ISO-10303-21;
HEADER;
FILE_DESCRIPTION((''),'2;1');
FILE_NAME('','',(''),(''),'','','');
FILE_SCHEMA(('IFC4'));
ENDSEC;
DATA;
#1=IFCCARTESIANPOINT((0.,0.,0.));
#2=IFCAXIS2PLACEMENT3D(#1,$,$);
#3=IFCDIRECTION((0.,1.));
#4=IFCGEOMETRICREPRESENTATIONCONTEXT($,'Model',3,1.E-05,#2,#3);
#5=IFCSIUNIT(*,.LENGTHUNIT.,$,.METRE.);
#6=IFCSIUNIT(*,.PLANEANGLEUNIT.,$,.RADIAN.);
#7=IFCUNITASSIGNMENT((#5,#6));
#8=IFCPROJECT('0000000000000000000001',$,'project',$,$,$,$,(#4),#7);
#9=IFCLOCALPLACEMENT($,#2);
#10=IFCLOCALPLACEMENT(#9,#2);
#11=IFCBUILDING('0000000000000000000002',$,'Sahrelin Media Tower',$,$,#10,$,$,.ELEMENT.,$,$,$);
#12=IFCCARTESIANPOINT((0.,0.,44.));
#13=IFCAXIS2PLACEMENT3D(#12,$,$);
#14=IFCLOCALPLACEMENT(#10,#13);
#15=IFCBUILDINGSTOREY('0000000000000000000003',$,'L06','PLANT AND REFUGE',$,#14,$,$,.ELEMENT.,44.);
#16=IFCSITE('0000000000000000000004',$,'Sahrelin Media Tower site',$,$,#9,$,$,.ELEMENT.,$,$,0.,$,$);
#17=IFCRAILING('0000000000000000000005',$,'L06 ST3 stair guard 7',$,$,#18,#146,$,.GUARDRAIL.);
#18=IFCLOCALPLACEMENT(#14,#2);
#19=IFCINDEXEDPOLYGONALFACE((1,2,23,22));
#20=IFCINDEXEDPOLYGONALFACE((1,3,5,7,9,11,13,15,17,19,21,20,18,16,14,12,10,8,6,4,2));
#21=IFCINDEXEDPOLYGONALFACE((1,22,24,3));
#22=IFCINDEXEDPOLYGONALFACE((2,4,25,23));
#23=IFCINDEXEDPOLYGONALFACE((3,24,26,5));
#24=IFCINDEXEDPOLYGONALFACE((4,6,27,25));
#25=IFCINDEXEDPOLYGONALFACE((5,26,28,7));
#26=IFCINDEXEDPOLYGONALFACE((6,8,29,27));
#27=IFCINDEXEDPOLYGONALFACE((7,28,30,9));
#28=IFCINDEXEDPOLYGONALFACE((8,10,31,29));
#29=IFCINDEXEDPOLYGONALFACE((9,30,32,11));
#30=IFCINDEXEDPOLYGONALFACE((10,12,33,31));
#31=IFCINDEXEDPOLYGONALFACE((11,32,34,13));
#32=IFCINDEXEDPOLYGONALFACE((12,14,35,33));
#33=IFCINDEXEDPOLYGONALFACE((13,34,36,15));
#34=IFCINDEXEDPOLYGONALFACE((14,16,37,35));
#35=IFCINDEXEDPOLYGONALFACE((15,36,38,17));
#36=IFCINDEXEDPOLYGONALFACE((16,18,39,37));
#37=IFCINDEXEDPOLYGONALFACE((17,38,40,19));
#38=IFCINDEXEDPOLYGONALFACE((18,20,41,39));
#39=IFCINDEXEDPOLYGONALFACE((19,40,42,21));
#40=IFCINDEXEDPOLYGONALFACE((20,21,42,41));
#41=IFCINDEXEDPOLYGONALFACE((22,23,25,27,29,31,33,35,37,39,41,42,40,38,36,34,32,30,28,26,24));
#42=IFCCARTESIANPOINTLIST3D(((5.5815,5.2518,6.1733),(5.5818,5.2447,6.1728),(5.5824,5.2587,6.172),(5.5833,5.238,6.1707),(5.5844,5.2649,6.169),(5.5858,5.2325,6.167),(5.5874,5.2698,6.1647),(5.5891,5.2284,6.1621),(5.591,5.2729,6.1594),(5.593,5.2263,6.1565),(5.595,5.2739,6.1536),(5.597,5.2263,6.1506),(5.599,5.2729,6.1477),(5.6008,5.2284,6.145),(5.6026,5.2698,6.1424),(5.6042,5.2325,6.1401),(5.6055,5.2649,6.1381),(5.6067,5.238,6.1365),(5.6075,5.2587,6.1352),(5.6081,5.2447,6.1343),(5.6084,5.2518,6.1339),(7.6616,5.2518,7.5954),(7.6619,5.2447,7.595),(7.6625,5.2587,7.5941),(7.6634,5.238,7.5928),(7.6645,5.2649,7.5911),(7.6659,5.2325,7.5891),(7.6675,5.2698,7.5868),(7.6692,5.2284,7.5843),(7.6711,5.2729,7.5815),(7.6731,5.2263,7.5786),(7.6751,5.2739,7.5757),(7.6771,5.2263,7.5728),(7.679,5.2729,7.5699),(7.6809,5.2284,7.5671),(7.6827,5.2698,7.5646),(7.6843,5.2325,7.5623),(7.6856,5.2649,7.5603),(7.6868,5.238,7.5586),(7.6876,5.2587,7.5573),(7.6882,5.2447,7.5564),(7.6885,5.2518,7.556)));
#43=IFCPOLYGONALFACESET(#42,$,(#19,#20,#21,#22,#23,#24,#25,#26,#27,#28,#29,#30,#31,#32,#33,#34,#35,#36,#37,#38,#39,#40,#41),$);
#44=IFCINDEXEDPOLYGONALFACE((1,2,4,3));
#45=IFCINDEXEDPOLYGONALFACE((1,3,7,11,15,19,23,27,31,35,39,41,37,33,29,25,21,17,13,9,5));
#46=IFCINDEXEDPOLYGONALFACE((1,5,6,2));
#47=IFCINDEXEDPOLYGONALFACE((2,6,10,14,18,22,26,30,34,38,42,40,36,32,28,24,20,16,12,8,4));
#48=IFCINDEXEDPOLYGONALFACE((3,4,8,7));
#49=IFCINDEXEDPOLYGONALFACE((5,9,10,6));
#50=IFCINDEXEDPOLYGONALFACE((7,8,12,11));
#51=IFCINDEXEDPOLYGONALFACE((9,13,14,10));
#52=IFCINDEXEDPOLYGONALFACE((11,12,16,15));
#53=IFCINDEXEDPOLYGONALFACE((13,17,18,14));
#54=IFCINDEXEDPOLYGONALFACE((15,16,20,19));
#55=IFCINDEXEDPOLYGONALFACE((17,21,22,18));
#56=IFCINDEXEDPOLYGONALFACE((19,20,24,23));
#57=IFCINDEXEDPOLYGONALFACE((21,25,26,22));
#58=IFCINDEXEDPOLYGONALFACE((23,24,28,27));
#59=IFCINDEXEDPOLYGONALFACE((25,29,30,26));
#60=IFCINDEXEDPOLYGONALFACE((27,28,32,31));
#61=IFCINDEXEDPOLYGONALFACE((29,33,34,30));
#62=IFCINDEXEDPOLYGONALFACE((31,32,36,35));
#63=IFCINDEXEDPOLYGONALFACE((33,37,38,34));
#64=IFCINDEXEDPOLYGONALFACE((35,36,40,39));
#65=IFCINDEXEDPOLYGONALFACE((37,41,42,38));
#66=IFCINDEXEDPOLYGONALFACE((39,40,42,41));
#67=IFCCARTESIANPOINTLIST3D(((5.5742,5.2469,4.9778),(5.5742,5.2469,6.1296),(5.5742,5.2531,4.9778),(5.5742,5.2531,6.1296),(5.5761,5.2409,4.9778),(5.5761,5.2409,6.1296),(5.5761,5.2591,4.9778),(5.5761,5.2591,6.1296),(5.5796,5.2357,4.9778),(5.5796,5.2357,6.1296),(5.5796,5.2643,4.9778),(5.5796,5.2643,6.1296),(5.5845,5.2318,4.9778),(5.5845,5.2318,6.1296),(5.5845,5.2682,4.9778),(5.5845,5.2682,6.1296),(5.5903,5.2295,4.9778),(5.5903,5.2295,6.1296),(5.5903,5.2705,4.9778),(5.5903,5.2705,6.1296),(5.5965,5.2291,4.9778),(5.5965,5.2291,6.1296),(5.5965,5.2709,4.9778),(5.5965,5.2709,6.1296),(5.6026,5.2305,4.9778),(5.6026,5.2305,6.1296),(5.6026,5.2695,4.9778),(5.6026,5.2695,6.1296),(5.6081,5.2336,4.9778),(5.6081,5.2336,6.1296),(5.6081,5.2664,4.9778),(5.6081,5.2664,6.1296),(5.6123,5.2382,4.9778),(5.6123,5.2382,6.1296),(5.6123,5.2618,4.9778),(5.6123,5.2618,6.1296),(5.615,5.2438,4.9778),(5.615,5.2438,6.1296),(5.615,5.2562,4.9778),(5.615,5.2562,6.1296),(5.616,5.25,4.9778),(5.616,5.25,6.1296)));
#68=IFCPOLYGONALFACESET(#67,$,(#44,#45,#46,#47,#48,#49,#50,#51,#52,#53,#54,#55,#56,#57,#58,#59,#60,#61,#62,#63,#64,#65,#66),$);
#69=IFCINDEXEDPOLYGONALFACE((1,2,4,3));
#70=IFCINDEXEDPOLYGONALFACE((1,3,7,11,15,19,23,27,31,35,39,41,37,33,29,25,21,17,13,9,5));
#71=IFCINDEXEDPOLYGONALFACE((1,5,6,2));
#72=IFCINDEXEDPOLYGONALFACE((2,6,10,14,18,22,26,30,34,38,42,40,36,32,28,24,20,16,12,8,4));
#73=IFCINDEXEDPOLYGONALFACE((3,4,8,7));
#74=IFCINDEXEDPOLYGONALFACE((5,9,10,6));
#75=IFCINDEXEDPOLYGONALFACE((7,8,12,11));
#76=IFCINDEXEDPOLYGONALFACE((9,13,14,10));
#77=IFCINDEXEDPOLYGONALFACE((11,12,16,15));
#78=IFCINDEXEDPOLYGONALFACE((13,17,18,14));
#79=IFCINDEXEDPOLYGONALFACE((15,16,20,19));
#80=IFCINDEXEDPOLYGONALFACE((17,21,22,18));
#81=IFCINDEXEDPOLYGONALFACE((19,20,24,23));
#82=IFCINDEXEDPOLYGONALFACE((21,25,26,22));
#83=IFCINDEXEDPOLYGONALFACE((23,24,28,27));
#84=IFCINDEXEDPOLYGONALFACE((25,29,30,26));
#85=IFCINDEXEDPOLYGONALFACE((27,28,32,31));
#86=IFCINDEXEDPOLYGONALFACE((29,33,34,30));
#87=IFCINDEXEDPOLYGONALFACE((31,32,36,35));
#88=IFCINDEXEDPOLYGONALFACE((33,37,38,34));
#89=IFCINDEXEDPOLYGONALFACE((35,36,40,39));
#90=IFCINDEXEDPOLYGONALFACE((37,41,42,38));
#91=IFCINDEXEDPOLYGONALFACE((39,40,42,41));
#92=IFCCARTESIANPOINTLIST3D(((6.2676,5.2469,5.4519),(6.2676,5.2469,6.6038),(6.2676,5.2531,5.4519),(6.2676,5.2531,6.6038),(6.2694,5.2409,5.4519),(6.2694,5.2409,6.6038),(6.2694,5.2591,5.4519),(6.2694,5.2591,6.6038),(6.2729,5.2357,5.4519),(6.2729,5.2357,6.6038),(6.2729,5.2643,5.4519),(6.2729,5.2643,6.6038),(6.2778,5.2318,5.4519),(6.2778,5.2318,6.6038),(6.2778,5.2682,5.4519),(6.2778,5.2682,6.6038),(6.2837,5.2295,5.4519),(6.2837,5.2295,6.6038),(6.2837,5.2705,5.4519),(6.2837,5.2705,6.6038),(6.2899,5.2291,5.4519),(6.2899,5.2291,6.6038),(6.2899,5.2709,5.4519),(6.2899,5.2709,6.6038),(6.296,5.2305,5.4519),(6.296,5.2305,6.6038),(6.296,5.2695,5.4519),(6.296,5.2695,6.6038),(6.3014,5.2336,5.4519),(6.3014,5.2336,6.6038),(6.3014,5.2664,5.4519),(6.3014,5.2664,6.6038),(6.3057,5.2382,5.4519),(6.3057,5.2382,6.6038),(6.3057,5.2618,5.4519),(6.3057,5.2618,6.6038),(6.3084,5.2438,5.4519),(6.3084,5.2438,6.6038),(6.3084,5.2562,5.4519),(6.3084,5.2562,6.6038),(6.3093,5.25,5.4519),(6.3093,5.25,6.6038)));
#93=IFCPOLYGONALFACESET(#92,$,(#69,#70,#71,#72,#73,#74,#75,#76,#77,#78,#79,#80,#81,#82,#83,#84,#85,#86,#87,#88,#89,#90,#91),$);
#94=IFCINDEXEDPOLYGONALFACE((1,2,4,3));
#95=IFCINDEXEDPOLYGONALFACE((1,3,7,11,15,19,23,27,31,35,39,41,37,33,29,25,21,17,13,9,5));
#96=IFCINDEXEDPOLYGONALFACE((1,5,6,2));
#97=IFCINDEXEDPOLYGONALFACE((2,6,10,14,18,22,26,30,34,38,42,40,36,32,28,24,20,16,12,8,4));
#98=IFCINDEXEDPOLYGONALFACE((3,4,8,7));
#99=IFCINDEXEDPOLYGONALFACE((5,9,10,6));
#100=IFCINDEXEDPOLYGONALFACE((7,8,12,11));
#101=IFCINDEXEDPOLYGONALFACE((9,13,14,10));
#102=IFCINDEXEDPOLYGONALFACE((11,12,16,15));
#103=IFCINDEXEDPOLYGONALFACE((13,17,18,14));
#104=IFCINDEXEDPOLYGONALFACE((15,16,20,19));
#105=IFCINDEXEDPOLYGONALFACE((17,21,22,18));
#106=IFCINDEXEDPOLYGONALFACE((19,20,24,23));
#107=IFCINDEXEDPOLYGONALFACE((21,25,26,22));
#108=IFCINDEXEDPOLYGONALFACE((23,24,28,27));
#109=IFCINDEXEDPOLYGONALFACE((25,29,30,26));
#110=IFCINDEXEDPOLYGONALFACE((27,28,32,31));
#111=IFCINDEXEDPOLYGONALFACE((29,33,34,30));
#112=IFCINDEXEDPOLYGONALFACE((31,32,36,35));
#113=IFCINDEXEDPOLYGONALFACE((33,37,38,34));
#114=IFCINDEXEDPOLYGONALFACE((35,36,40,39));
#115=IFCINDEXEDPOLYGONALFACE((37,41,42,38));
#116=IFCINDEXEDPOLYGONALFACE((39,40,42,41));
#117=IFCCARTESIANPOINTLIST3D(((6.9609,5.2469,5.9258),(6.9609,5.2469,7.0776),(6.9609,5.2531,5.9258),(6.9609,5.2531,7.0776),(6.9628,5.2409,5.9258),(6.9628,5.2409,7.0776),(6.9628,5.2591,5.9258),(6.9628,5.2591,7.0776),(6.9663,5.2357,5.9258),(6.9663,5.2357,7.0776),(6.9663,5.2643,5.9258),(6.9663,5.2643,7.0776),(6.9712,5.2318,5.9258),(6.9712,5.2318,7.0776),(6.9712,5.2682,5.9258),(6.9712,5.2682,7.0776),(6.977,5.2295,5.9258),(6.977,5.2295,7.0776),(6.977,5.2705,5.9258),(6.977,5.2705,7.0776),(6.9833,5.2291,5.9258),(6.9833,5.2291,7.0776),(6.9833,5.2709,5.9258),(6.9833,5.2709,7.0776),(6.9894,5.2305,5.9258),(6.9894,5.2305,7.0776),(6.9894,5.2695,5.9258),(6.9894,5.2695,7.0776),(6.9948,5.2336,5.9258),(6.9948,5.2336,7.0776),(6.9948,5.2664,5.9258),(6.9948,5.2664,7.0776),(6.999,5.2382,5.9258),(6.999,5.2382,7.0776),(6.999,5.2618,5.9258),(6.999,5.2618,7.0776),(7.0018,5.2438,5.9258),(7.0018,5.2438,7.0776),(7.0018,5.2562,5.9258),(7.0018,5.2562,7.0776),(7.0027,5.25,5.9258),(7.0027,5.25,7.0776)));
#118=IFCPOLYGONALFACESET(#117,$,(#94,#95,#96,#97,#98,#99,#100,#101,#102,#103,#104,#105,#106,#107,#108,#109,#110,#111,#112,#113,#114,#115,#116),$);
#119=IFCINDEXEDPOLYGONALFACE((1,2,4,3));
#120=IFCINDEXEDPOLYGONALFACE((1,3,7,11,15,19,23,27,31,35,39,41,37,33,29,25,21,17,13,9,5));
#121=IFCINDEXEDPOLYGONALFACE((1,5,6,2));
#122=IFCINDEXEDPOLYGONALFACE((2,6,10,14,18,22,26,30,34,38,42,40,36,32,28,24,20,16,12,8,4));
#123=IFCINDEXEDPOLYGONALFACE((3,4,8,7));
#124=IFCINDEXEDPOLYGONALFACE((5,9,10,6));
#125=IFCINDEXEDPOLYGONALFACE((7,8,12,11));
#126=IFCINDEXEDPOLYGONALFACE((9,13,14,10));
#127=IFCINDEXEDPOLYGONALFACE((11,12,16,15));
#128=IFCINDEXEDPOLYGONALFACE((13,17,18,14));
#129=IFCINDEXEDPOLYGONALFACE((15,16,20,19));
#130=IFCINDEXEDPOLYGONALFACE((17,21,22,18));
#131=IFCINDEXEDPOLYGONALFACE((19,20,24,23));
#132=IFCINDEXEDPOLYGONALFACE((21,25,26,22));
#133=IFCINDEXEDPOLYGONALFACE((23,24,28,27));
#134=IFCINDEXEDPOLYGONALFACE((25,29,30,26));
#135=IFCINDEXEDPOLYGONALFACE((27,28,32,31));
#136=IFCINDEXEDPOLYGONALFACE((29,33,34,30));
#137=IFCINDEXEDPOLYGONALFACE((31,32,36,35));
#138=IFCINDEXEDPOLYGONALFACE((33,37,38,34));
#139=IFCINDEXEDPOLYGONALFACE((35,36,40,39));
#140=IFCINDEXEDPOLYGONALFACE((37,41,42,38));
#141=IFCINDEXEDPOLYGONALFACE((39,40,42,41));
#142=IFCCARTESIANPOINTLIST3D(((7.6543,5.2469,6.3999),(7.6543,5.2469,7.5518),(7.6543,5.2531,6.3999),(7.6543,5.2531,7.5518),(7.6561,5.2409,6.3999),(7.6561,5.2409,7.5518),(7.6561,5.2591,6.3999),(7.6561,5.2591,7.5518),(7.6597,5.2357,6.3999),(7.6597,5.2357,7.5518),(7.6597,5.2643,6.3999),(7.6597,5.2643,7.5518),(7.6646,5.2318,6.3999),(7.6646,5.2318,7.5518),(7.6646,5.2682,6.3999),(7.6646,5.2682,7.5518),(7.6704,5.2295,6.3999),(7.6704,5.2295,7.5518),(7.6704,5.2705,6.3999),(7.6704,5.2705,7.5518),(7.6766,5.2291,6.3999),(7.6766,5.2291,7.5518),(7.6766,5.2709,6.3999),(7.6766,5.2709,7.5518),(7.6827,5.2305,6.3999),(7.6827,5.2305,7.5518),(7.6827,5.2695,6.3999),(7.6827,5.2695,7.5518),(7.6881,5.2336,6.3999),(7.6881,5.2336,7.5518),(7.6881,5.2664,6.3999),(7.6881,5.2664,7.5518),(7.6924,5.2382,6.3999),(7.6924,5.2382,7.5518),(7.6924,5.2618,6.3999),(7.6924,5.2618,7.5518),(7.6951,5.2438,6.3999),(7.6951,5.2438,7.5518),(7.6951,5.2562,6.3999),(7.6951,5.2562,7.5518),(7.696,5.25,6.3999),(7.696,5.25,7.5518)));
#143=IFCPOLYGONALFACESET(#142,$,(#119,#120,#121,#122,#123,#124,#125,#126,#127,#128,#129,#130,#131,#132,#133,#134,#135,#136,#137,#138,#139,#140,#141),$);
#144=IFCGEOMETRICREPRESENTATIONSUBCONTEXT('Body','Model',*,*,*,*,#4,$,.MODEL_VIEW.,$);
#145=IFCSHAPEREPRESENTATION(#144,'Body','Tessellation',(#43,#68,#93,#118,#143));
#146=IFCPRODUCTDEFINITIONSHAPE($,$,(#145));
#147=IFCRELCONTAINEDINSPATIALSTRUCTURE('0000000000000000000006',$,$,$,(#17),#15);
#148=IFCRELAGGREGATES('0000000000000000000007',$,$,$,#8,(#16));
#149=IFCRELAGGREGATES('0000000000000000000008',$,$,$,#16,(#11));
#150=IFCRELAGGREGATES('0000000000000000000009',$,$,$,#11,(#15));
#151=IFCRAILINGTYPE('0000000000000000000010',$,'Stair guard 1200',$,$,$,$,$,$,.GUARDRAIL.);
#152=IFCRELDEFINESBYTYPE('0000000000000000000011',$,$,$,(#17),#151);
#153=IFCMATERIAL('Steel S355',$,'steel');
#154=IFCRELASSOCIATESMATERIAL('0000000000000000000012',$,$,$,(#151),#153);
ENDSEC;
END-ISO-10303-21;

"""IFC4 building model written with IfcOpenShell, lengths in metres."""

from ifc_helpers import new_model, si_unit, direction, frame, origin, origin_2d, place, context, subcontext, project, spatial, circle, extrude, material, type_object, element, save


model = new_model("IFC4")

# Units and contexts
model_context = context("Model", 3, precision=1e-05, world=origin(), true_north=direction((0.0, 1.0)))
body_context = subcontext(model_context, "Body", "Model", "MODEL_VIEW")
ifc_project = project(units=[si_unit("LENGTHUNIT", "METRE"), si_unit("PLANEANGLEUNIT", "RADIAN")], contexts=[model_context])

# Site, building, storey
site_placement = place(None, origin())
site = spatial("IfcSite", under=ifc_project, at=site_placement, Name="Sahrelin Media Tower site", CompositionType="ELEMENT", RefElevation=0.0)
building_placement = place(site_placement, origin())
building = spatial("IfcBuilding", under=site, at=building_placement, Name="Sahrelin Media Tower", CompositionType="ELEMENT")
storey_placement = place(building_placement, frame((0.0, 0.0, 44.0)))
storey = spatial("IfcBuildingStorey", under=building, at=storey_placement, Name="L06", Description="PLANT AND REFUGE", CompositionType="ELEMENT", Elevation=44.0)

# Shared definitions
ifc_material_1 = material(Name="Steel S355", Category="steel")

# Railing
railing_type_1 = type_object("IfcRailingType", Name="Stair guard 1200", PredefinedType="GUARDRAIL", material=ifc_material_1)
railing_1_placement = place(storey_placement, frame((5.595, 5.25, 4.9778)))
element("IfcRailing", 1, at=railing_1_placement, inside=storey, type_object=railing_type_1, Name="L06 ST3 stair guard 7", PredefinedType="GUARDRAIL", context=body_context, shape_type="SweptSolid", body=[
    extrude(circle(Radius=0.0239, at=origin_2d()), frame((0.0, 0.0, 1.1758), z_axis=(0.825509, 0.0, 0.564389), x_axis=(0.0, 1.0, 0.0)), (0.0, 0.0, 1.0), 2.5198),
    extrude(circle(Radius=0.021, at=origin_2d()), origin(), (0.0, 0.0, 1.0), 1.1519),
    extrude(circle(Radius=0.021, at=origin_2d()), frame((0.6934, 0.0, 0.4741)), (0.0, 0.0, 1.0), 1.1519),
    extrude(circle(Radius=0.021, at=origin_2d()), frame((1.3867, 0.0, 0.948)), (0.0, 0.0, 1.0), 1.1519),
    extrude(circle(Radius=0.021, at=origin_2d()), frame((2.0801, 0.0, 1.4221)), (0.0, 0.0, 1.0), 1.1519),
])

save(model, "model.ifc")
